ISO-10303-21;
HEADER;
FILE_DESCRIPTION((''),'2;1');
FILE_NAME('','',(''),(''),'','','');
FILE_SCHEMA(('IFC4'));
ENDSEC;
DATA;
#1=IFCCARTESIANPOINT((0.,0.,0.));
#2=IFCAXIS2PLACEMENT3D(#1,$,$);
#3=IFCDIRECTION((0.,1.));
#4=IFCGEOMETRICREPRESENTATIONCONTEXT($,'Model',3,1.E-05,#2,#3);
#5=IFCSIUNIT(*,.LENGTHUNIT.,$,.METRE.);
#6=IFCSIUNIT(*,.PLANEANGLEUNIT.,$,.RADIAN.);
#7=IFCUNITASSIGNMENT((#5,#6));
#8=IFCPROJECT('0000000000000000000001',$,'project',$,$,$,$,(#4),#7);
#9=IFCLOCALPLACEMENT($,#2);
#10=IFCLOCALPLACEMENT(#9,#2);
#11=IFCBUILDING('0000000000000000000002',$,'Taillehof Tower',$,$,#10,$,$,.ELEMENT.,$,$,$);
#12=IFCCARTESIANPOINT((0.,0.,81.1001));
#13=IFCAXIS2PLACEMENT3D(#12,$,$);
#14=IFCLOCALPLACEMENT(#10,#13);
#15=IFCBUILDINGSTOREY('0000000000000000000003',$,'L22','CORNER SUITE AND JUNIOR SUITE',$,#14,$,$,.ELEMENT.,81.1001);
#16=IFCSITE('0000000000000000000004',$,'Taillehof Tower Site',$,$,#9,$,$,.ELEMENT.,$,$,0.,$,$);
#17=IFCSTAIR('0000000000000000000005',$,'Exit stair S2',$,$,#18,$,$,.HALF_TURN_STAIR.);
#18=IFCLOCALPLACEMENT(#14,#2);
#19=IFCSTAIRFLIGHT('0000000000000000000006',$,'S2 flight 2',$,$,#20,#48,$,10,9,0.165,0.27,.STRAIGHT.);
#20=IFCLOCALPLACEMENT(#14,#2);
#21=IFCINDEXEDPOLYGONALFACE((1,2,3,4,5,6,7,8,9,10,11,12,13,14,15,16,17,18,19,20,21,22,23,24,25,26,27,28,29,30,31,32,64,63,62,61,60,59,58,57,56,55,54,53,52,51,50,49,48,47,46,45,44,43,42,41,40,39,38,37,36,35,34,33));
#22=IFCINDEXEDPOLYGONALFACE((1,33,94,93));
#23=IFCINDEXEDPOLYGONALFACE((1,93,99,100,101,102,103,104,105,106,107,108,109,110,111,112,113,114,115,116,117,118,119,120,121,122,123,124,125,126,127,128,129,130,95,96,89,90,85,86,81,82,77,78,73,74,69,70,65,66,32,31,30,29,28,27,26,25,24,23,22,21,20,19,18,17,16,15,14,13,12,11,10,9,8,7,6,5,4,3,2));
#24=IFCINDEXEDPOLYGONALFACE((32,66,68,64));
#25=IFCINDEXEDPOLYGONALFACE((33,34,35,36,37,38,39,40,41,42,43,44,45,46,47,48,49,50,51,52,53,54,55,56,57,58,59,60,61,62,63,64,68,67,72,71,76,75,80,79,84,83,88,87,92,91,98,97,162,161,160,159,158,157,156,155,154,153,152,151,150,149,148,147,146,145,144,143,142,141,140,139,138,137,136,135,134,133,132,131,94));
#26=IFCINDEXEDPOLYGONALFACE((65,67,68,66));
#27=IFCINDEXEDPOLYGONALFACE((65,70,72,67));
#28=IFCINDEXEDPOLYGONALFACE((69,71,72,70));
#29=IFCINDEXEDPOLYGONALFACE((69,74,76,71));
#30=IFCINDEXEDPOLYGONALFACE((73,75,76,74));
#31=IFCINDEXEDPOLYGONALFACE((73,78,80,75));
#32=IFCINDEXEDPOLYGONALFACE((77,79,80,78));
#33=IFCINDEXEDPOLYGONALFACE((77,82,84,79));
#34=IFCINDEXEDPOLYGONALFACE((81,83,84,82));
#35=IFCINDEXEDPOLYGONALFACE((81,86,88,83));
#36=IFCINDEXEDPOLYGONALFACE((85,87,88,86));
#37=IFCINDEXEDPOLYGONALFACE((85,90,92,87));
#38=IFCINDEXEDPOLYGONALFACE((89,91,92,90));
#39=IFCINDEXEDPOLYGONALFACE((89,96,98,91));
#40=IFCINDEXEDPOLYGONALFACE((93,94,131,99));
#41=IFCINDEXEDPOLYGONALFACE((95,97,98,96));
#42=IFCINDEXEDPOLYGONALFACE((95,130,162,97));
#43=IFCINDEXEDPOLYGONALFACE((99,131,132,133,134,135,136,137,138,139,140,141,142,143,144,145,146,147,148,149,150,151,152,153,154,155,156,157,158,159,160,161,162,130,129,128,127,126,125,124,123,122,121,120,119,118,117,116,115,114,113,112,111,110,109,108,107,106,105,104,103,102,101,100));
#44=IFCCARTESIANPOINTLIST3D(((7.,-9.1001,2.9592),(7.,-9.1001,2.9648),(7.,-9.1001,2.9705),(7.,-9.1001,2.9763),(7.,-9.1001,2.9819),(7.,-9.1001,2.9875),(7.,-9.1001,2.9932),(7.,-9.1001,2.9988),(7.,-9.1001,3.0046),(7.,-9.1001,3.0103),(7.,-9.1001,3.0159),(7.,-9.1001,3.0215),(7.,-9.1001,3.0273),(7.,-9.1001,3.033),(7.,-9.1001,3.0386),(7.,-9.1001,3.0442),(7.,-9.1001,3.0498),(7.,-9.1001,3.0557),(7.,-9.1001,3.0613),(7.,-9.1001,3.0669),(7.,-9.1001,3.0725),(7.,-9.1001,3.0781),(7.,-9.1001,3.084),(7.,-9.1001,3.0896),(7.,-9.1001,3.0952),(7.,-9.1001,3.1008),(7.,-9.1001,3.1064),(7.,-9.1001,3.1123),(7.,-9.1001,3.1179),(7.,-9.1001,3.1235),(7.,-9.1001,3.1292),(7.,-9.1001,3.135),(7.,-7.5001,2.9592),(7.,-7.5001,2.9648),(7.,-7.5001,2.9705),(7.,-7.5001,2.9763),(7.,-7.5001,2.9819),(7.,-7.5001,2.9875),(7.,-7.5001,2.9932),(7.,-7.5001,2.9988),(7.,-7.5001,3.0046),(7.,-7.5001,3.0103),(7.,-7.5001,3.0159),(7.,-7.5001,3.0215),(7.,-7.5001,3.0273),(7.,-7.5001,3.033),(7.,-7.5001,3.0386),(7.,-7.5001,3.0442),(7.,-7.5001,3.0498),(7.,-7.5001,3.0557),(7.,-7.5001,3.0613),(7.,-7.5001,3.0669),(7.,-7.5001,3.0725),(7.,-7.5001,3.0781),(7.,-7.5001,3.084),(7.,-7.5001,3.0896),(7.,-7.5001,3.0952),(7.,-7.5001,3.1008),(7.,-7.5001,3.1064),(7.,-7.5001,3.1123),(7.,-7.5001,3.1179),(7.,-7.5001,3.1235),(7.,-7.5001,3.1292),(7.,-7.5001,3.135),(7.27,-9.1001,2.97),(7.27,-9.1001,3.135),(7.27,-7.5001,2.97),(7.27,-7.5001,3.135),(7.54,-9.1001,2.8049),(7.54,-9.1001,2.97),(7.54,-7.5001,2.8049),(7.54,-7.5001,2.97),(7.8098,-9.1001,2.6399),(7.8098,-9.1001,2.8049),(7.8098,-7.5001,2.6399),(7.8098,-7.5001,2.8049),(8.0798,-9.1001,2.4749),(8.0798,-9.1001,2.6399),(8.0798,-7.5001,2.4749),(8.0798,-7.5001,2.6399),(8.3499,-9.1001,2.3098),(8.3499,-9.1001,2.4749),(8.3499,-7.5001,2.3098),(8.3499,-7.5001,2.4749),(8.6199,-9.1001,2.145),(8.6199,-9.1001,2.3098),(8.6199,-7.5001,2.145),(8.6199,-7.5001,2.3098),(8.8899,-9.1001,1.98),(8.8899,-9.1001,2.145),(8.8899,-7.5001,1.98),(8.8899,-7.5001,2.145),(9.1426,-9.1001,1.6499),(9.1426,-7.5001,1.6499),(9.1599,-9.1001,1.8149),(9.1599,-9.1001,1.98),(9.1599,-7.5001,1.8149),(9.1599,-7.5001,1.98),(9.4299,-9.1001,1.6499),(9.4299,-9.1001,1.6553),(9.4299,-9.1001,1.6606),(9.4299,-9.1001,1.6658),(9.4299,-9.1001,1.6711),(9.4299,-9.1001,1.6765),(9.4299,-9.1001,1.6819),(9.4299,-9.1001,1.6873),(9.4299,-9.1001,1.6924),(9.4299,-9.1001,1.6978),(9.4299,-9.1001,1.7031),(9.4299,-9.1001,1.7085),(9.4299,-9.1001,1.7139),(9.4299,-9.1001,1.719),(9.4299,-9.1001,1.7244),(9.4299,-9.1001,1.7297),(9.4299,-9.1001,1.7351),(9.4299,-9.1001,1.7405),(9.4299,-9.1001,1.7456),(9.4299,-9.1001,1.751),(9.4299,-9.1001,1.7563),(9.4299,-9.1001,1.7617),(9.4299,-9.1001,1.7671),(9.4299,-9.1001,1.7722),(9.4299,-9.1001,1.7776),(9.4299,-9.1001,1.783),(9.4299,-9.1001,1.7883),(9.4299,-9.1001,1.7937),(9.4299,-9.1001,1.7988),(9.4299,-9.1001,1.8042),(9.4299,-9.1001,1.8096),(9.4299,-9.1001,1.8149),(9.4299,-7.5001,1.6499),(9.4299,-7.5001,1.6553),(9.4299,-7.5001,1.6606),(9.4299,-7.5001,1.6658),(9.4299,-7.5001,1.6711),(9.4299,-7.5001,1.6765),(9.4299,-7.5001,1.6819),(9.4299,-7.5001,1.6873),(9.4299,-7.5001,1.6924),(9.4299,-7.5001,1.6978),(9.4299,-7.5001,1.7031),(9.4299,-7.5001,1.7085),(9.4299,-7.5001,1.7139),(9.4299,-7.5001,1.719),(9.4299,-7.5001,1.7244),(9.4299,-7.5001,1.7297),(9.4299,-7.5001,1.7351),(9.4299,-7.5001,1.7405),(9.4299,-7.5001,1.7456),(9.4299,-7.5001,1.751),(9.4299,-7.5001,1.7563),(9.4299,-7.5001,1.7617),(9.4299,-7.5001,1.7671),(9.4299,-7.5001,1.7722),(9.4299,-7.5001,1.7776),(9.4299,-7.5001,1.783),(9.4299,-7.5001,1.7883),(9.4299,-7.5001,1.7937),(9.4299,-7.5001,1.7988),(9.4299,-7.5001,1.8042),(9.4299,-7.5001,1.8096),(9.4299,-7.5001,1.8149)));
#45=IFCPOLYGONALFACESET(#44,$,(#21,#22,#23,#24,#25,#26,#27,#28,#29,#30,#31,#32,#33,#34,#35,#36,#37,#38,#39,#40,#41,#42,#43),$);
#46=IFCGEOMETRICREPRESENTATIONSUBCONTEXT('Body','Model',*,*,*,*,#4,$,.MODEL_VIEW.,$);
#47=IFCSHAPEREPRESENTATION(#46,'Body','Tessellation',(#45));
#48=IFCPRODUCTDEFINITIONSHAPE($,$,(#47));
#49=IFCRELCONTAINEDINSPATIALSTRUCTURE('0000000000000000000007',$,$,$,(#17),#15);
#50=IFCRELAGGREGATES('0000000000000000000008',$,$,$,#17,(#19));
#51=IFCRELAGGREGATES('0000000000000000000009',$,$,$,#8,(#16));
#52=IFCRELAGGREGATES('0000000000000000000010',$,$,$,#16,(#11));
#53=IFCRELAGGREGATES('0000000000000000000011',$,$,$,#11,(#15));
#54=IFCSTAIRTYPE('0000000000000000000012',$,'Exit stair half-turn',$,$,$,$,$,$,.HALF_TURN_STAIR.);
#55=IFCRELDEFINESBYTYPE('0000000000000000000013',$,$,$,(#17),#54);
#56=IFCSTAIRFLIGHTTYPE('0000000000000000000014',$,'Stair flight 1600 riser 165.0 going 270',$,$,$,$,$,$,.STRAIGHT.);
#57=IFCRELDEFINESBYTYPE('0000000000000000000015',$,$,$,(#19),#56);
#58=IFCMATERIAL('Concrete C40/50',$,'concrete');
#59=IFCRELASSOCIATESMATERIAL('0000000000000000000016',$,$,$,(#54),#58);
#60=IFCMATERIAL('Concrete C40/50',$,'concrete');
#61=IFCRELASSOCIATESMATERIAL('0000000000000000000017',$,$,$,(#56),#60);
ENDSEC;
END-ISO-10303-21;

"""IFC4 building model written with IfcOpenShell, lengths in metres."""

from ifc_helpers import new_model, si_unit, direction, frame, origin, place, context, subcontext, project, spatial, polyline, outline, extrude, material, type_object, element, aggregate, save


model = new_model("IFC4")

# Units and contexts
model_context = context("Model", 3, precision=1e-05, world=origin(), true_north=direction((0.0, 1.0)))
body_context = subcontext(model_context, "Body", "Model", "MODEL_VIEW")
ifc_project = project(units=[si_unit("LENGTHUNIT", "METRE"), si_unit("PLANEANGLEUNIT", "RADIAN")], contexts=[model_context])

# Site, building, storey
site_placement = place(None, origin())
site = spatial("IfcSite", under=ifc_project, at=site_placement, Name="Taillehof Tower Site", CompositionType="ELEMENT", RefElevation=0.0)
building_placement = place(site_placement, origin())
building = spatial("IfcBuilding", under=site, at=building_placement, Name="Taillehof Tower", CompositionType="ELEMENT")
storey_placement = place(building_placement, frame((0.0, 0.0, 81.1001)))
storey = spatial("IfcBuildingStorey", under=building, at=storey_placement, Name="L22", Description="CORNER SUITE AND JUNIOR SUITE", CompositionType="ELEMENT", Elevation=81.1001)

# Stair, stair flight
ifc_material_1 = material(Name="Concrete C40/50", Category="concrete")
stair_type = type_object("IfcStairType", Name="Exit stair half-turn", PredefinedType="HALF_TURN_STAIR", material=ifc_material_1)
stair_placement = place(storey_placement, origin())
stair = element("IfcStair", 1, at=stair_placement, inside=storey, type_object=stair_type, Name="Exit stair S2", PredefinedType="HALF_TURN_STAIR")
ifc_material_2 = material(Name="Concrete C40/50", Category="concrete")
stair_flight_type = type_object("IfcStairFlightType", Name="Stair flight 1600 riser 165.0 going 270", PredefinedType="STRAIGHT", material=ifc_material_2)
stair_flight_placement = place(storey_placement, frame((9.4299, -8.3, 1.6499), z_axis=(0.0, 0.0, 1.0), x_axis=(-1.0, 0.0, 0.0)))
stair_flight = element("IfcStairFlight", 2, at=stair_flight_placement, type_object=stair_flight_type, Name="S2 flight 2", NumberOfRisers=10, NumberOfTreads=9, PredefinedType="STRAIGHT", RiserHeight=0.165, TreadLength=0.27, context=body_context, shape_type="SweptSolid", body=[
    extrude(outline(polyline([(0.0, 0.0), (0.0, 0.0054), (0.0, 0.0107), (0.0, 0.0159), (0.0, 0.0212), (0.0, 0.0266), (0.0, 0.032), (0.0, 0.0374), (0.0, 0.0425), (0.0, 0.0479), (0.0, 0.0532), (0.0, 0.0586), (0.0, 0.064), (0.0, 0.0691), (0.0, 0.0745), (0.0, 0.0798), (0.0, 0.0852), (0.0, 0.0906), (0.0, 0.0957), (0.0, 0.1011), (0.0, 0.1064), (0.0, 0.1118), (0.0, 0.1172), (0.0, 0.1223), (0.0, 0.1277), (0.0, 0.1331), (0.0, 0.1384), (0.0, 0.1438), (0.0, 0.1489), (0.0, 0.1543), (0.0, 0.1597), (0.0, 0.165), (0.27, 0.165), (0.27, 0.3301), (0.54, 0.3301), (0.54, 0.4951), (0.8101, 0.4951), (0.8101, 0.6599), (1.0801, 0.6599), (1.0801, 0.825), (1.3501, 0.825), (1.3501, 0.99), (1.6201, 0.99), (1.6201, 1.155), (1.8899, 1.155), (1.8899, 1.3201), (2.1599, 1.3201), (2.1599, 1.4851), (2.4299, 1.4851), (2.4299, 1.4792), (2.4299, 1.4736), (2.4299, 1.468), (2.4299, 1.4624), (2.4299, 1.4565), (2.4299, 1.4509), (2.4299, 1.4453), (2.4299, 1.4397), (2.4299, 1.4341), (2.4299, 1.4282), (2.4299, 1.4226), (2.4299, 1.417), (2.4299, 1.4114), (2.4299, 1.4058), (2.4299, 1.3999), (2.4299, 1.3943), (2.4299, 1.3887), (2.4299, 1.3831), (2.4299, 1.3774), (2.4299, 1.3716), (2.4299, 1.366), (2.4299, 1.3604), (2.4299, 1.3547), (2.4299, 1.3489), (2.4299, 1.3433), (2.4299, 1.3376), (2.4299, 1.332), (2.4299, 1.3264), (2.4299, 1.3206), (2.4299, 1.3149), (2.4299, 1.3093), (0.2874, 0.0), (0.0, 0.0)])), frame((0.0, 0.8, 0.0), z_axis=(0.0, -1.0, 0.0), x_axis=(1.0, 0.0, 0.0)), (0.0, 0.0, 1.0), 1.6),
])
aggregate(stair, [stair_flight])

save(model, "model.ifc")
